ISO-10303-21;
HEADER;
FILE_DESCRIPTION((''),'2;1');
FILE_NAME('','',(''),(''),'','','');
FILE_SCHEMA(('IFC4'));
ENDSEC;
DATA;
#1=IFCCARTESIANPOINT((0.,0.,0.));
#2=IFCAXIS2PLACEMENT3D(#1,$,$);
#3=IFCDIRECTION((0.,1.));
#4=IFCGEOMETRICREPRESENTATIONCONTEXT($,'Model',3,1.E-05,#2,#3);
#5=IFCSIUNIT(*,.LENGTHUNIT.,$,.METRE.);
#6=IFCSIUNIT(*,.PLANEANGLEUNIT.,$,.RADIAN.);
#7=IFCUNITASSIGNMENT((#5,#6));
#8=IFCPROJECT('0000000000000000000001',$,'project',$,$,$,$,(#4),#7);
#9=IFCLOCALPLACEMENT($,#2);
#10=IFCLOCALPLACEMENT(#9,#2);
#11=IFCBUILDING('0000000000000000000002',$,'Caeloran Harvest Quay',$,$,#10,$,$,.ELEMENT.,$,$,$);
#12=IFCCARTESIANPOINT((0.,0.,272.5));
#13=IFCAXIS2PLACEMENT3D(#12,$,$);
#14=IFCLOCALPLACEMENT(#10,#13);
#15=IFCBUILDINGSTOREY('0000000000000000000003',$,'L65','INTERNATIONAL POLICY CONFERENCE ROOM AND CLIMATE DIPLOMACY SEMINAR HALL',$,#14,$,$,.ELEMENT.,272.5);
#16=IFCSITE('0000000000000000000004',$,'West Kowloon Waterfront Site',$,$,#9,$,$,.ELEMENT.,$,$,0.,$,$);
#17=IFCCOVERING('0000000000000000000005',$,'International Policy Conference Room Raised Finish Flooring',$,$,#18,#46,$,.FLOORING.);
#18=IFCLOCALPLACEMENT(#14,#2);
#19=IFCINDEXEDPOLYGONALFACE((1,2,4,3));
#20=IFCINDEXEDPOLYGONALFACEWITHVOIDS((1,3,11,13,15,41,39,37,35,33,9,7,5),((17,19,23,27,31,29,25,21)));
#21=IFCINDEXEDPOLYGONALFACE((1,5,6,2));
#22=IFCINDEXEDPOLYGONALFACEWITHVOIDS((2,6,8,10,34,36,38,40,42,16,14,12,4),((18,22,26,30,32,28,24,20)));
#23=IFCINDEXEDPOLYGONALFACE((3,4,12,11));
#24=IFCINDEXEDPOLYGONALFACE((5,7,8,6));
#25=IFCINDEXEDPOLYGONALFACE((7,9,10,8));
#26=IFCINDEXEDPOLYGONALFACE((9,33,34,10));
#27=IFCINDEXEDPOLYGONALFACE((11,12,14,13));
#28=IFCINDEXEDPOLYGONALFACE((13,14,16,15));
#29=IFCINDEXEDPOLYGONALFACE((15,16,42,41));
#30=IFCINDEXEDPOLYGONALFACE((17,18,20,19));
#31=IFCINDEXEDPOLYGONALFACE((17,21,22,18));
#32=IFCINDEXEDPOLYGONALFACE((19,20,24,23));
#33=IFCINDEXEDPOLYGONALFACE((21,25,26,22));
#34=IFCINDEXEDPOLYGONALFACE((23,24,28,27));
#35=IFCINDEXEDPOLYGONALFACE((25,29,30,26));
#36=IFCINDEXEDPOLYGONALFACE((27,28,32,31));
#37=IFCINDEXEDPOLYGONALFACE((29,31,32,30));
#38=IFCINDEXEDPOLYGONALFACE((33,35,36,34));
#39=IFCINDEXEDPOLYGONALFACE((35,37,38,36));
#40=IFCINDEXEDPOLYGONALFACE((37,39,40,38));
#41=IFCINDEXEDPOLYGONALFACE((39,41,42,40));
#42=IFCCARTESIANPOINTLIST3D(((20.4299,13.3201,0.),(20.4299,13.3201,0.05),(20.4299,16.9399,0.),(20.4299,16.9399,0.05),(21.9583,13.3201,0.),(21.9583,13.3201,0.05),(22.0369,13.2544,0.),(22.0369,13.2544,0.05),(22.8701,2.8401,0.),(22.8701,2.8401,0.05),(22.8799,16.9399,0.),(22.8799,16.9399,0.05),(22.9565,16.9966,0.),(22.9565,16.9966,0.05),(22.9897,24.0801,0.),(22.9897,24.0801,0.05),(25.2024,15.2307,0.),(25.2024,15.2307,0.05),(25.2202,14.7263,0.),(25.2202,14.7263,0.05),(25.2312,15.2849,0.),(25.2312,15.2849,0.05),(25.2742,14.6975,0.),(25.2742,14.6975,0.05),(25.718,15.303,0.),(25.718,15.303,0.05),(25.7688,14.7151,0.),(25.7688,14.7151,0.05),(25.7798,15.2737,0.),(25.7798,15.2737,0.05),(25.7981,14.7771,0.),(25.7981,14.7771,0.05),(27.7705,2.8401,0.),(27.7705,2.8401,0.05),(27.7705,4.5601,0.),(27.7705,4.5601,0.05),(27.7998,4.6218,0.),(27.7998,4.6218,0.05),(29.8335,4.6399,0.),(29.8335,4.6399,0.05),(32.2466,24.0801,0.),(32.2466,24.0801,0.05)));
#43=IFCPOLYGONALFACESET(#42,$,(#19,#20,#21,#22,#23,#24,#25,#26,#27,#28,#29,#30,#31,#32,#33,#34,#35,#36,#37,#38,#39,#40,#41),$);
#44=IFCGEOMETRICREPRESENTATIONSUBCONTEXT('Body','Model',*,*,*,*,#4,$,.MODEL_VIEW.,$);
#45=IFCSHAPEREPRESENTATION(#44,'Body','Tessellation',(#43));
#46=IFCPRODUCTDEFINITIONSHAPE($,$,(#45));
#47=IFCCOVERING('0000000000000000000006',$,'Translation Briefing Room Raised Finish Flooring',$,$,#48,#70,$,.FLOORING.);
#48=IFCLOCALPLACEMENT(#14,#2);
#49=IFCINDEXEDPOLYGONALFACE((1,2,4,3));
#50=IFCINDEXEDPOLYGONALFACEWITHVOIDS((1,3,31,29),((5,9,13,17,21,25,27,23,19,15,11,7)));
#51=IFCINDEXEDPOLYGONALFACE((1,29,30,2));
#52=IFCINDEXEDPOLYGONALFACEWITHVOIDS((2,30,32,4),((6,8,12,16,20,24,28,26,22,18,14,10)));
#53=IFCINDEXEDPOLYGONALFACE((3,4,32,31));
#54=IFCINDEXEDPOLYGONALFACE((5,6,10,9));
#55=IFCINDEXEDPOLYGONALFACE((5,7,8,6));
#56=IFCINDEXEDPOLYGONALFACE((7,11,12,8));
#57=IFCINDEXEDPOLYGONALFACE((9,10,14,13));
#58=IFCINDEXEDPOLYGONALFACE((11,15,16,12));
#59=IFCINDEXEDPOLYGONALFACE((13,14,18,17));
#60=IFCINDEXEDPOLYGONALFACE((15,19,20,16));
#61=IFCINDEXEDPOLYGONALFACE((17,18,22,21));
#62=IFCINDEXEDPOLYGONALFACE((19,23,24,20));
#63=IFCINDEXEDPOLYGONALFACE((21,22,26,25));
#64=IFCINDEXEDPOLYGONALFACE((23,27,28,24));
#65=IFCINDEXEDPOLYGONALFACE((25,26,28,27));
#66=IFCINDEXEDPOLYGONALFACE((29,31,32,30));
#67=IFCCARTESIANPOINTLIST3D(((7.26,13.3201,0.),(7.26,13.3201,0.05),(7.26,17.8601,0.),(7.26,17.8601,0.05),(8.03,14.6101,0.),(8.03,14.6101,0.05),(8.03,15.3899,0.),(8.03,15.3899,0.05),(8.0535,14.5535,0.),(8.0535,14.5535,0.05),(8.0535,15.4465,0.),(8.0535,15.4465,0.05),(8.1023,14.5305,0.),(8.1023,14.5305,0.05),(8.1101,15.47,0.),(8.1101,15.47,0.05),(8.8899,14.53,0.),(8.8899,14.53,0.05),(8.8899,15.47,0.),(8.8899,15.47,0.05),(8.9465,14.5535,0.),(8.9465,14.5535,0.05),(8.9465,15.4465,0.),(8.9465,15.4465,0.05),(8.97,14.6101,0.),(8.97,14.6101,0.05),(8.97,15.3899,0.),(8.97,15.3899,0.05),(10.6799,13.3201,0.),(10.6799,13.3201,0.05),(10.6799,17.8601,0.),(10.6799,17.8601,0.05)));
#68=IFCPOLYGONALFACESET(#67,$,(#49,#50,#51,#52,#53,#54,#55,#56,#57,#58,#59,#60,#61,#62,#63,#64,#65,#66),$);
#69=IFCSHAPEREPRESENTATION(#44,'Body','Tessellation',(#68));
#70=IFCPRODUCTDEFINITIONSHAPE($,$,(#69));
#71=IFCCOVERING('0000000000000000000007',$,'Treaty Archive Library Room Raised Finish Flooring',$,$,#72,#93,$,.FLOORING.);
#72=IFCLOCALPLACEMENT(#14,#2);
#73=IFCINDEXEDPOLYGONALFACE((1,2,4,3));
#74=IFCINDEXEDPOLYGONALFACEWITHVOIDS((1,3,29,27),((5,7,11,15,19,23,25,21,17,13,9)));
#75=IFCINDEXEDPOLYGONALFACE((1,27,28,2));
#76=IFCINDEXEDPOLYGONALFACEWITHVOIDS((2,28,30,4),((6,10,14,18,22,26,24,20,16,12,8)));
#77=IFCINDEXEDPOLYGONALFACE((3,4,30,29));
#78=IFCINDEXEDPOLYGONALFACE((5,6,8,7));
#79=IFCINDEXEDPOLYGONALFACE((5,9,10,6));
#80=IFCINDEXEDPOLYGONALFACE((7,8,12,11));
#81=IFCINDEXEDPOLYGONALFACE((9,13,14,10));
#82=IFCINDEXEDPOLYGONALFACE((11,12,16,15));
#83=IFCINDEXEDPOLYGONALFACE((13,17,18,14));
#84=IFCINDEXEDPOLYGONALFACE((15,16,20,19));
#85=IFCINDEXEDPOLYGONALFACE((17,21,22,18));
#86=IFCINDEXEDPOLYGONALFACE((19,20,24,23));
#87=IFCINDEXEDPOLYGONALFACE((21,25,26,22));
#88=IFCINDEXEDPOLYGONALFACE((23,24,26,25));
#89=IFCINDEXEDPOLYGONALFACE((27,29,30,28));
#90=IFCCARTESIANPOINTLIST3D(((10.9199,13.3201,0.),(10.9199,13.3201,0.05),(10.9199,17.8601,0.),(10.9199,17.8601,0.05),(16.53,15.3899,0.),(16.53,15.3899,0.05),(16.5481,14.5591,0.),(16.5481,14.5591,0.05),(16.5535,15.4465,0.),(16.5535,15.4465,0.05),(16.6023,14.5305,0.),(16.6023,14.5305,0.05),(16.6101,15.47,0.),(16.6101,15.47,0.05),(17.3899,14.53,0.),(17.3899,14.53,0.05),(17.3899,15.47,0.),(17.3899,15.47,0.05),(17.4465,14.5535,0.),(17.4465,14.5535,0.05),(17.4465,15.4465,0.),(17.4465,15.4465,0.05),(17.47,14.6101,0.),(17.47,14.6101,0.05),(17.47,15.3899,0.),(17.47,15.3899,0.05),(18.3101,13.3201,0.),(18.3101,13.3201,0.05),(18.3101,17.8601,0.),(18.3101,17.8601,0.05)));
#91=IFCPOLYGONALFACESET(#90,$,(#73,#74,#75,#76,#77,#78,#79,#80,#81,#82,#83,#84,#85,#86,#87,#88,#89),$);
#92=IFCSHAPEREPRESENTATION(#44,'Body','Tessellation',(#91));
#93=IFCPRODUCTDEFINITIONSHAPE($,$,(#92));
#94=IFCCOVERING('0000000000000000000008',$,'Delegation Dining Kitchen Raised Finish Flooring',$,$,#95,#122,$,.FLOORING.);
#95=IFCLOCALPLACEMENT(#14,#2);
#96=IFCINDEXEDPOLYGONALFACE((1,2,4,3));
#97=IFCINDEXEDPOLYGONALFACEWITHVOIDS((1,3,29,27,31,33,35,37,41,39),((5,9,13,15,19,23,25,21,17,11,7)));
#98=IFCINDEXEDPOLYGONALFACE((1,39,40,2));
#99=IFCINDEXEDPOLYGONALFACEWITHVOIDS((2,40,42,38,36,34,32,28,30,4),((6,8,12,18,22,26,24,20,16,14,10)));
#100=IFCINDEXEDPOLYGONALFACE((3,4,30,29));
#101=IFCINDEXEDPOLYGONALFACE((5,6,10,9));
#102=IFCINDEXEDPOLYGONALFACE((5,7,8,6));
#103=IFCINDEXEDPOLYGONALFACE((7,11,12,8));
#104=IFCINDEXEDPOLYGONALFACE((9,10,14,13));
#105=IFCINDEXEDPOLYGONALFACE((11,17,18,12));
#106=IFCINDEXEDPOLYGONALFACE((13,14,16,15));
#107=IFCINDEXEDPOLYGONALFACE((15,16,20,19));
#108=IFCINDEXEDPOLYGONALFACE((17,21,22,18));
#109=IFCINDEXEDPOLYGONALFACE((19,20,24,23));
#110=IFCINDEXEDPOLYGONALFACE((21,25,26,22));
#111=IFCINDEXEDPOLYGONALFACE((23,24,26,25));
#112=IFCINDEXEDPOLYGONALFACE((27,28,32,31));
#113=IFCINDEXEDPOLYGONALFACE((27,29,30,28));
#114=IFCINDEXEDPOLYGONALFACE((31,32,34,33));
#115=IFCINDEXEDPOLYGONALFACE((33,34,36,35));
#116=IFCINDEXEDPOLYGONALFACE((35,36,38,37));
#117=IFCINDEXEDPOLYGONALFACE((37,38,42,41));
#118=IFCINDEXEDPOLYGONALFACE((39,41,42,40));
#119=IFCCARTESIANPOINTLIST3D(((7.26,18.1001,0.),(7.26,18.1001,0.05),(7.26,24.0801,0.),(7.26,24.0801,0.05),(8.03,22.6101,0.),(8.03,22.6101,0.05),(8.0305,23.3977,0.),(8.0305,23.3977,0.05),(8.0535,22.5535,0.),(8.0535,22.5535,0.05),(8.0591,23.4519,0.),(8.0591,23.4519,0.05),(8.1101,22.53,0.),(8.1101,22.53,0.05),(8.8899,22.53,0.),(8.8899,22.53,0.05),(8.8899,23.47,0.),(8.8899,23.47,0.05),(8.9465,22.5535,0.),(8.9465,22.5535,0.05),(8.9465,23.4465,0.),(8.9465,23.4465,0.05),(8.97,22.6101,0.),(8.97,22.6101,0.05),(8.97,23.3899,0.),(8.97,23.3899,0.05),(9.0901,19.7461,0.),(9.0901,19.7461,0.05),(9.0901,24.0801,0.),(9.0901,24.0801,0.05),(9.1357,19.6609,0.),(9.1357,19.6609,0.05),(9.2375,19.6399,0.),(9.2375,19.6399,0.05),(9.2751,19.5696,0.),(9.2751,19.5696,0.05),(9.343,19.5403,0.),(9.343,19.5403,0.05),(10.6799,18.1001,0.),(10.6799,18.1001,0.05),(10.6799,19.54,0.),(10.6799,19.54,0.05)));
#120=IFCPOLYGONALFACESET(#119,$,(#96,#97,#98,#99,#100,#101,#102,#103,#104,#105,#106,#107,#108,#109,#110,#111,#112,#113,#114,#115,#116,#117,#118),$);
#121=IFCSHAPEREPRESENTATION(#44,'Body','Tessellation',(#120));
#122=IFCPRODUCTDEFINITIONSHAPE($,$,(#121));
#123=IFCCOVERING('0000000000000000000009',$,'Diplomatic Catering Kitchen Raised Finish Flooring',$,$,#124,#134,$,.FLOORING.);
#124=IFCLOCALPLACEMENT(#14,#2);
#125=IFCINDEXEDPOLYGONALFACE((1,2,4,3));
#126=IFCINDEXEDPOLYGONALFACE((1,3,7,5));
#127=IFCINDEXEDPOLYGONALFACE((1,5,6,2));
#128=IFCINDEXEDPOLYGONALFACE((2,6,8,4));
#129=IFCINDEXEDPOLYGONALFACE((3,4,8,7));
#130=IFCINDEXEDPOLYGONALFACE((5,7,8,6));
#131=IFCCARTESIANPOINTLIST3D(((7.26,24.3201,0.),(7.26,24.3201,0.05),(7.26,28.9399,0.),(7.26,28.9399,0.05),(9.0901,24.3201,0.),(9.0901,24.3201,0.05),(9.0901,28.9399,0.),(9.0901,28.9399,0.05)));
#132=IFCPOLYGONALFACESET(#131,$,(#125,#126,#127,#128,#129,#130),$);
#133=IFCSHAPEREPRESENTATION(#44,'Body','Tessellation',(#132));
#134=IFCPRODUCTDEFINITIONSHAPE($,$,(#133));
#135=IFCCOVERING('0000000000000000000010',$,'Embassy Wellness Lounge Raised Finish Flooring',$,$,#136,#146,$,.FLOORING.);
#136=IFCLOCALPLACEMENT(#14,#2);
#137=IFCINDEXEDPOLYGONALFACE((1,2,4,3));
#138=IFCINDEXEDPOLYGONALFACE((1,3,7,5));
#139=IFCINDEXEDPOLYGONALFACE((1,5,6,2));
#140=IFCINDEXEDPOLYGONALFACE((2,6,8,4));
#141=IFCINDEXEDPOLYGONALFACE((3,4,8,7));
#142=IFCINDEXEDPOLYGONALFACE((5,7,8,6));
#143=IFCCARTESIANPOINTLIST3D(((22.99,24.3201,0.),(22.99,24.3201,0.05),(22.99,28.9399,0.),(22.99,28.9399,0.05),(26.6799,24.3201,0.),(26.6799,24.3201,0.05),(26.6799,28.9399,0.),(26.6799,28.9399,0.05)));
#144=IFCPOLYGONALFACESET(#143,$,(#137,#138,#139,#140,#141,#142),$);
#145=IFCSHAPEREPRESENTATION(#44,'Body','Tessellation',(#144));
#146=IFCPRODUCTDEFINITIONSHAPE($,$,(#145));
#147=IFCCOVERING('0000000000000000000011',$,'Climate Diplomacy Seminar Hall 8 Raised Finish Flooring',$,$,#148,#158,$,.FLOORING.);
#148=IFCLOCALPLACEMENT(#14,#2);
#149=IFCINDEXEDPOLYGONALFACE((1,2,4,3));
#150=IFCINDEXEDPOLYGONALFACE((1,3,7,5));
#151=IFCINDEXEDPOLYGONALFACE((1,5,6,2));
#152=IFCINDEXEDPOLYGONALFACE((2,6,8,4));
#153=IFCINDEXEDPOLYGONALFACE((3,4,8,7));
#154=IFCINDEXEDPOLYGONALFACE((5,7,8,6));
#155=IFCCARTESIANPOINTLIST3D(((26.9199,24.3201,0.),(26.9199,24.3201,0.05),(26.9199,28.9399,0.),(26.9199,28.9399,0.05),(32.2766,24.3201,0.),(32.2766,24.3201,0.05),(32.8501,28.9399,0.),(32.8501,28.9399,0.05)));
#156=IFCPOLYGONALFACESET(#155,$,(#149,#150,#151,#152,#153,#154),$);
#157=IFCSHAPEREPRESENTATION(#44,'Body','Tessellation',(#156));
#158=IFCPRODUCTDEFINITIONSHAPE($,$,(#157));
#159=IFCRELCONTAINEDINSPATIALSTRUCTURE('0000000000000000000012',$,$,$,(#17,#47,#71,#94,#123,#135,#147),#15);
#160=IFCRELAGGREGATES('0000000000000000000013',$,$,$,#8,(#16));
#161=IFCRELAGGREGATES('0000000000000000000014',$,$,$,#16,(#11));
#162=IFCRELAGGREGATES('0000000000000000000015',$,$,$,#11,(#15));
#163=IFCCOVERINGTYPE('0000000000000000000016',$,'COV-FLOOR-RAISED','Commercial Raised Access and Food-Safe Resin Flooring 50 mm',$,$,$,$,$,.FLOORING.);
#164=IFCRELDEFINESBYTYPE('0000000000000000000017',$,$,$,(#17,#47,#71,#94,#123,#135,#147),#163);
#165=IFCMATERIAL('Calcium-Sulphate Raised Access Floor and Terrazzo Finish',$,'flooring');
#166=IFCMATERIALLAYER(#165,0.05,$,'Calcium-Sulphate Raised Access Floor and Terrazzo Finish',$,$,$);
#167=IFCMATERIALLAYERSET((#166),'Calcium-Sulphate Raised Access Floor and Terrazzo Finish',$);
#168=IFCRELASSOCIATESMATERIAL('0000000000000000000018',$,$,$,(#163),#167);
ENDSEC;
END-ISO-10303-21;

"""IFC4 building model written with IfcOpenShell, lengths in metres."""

from ifc_helpers import new_model, si_unit, direction, frame, origin, place, context, subcontext, project, spatial, polyline, outline, extrude, material, layer, layer_set, type_object, element, save


model = new_model("IFC4")

# Units and contexts
model_context = context("Model", 3, precision=1e-05, world=origin(), true_north=direction((0.0, 1.0)))
body_context = subcontext(model_context, "Body", "Model", "MODEL_VIEW")
ifc_project = project(units=[si_unit("LENGTHUNIT", "METRE"), si_unit("PLANEANGLEUNIT", "RADIAN")], contexts=[model_context])

# Site, building, storey
site_placement = place(None, origin())
site = spatial("IfcSite", under=ifc_project, at=site_placement, Name="West Kowloon Waterfront Site", CompositionType="ELEMENT", RefElevation=0.0)
building_placement = place(site_placement, origin())
building = spatial("IfcBuilding", under=site, at=building_placement, Name="Caeloran Harvest Quay", CompositionType="ELEMENT")
storey_placement = place(building_placement, frame((0.0, 0.0, 272.5)))
storey = spatial("IfcBuildingStorey", under=building, at=storey_placement, Name="L65", Description="INTERNATIONAL POLICY CONFERENCE ROOM AND CLIMATE DIPLOMACY SEMINAR HALL", CompositionType="ELEMENT", Elevation=272.5)

# Coverings
ifc_material_1 = material(Name="Calcium-Sulphate Raised Access Floor and Terrazzo Finish", Category="flooring")
ifc_layer_1 = layer(ifc_material_1, 0.05, Name="Calcium-Sulphate Raised Access Floor and Terrazzo Finish")
ifc_layer_set_1 = layer_set([ifc_layer_1], Name="Calcium-Sulphate Raised Access Floor and Terrazzo Finish")
covering_type_1 = type_object("IfcCoveringType", Name="COV-FLOOR-RAISED", Description="Commercial Raised Access and Food-Safe Resin Flooring 50 mm", PredefinedType="FLOORING", material=ifc_layer_set_1)
covering_1_placement = place(storey_placement, origin())
element("IfcCovering", 1, at=covering_1_placement, inside=storey, type_object=covering_type_1, Name="International Policy Conference Room Raised Finish Flooring", PredefinedType="FLOORING", context=body_context, shape_type="SweptSolid", body=[
    extrude(outline(polyline([(32.2466, 24.0801), (29.8335, 4.6399), (27.7998, 4.6218), (27.7705, 4.5601), (27.7705, 2.8401), (22.8701, 2.8401), (22.0369, 13.2544), (21.9583, 13.3201), (20.4299, 13.3201), (20.4299, 16.9399), (22.8799, 16.9399), (22.9565, 16.9966), (22.9897, 24.0801), (32.2466, 24.0801)]), holes=[polyline([(25.2024, 15.2307), (25.2202, 14.7263), (25.2742, 14.6975), (25.7688, 14.7151), (25.7981, 14.7771), (25.7798, 15.2737), (25.718, 15.303), (25.2312, 15.2849), (25.2024, 15.2307)])]), origin(), (0.0, 0.0, 1.0), 0.05),
])
covering_2_placement = place(storey_placement, origin())
element("IfcCovering", 2, at=covering_2_placement, inside=storey, type_object=covering_type_1, Name="Translation Briefing Room Raised Finish Flooring", PredefinedType="FLOORING", context=body_context, shape_type="SweptSolid", body=[
    extrude(outline(polyline([(7.26, 13.3201), (7.26, 17.8601), (10.6799, 17.8601), (10.6799, 13.3201), (7.26, 13.3201)]), holes=[polyline([(8.03, 14.6101), (8.0535, 14.5535), (8.1023, 14.5305), (8.8899, 14.53), (8.9465, 14.5535), (8.97, 14.6101), (8.97, 15.3899), (8.9465, 15.4465), (8.8899, 15.47), (8.1101, 15.47), (8.0535, 15.4465), (8.03, 15.3899), (8.03, 14.6101)])]), origin(), (0.0, 0.0, 1.0), 0.05),
])
covering_3_placement = place(storey_placement, origin())
element("IfcCovering", 3, at=covering_3_placement, inside=storey, type_object=covering_type_1, Name="Treaty Archive Library Room Raised Finish Flooring", PredefinedType="FLOORING", context=body_context, shape_type="SweptSolid", body=[
    extrude(outline(polyline([(18.3101, 17.8601), (18.3101, 13.3201), (10.9199, 13.3201), (10.9199, 17.8601), (18.3101, 17.8601)]), holes=[polyline([(16.53, 15.3899), (16.5481, 14.5591), (16.6023, 14.5305), (17.3899, 14.53), (17.4465, 14.5535), (17.47, 14.6101), (17.47, 15.3899), (17.4465, 15.4465), (17.3899, 15.47), (16.6101, 15.47), (16.5535, 15.4465), (16.53, 15.3899)])]), origin(), (0.0, 0.0, 1.0), 0.05),
])
covering_4_placement = place(storey_placement, origin())
element("IfcCovering", 4, at=covering_4_placement, inside=storey, type_object=covering_type_1, Name="Delegation Dining Kitchen Raised Finish Flooring", PredefinedType="FLOORING", context=body_context, shape_type="SweptSolid", body=[
    extrude(outline(polyline([(9.2375, 19.6399), (9.2751, 19.5696), (9.343, 19.5403), (10.6799, 19.54), (10.6799, 18.1001), (7.26, 18.1001), (7.26, 24.0801), (9.0901, 24.0801), (9.0901, 19.7461), (9.1357, 19.6609), (9.2375, 19.6399)]), holes=[polyline([(8.8899, 23.47), (8.0591, 23.4519), (8.0305, 23.3977), (8.03, 22.6101), (8.0535, 22.5535), (8.1101, 22.53), (8.8899, 22.53), (8.9465, 22.5535), (8.97, 22.6101), (8.97, 23.3899), (8.9465, 23.4465), (8.8899, 23.47)])]), origin(), (0.0, 0.0, 1.0), 0.05),
])
covering_5_placement = place(storey_placement, origin())
element("IfcCovering", 5, at=covering_5_placement, inside=storey, type_object=covering_type_1, Name="Diplomatic Catering Kitchen Raised Finish Flooring", PredefinedType="FLOORING", context=body_context, shape_type="SweptSolid", body=[
    extrude(outline(polyline([(7.26, 24.3201), (7.26, 28.9399), (9.0901, 28.9399), (9.0901, 24.3201), (7.26, 24.3201)])), origin(), (0.0, 0.0, 1.0), 0.05),
])
covering_6_placement = place(storey_placement, origin())
element("IfcCovering", 6, at=covering_6_placement, inside=storey, type_object=covering_type_1, Name="Embassy Wellness Lounge Raised Finish Flooring", PredefinedType="FLOORING", context=body_context, shape_type="SweptSolid", body=[
    extrude(outline(polyline([(22.99, 24.3201), (22.99, 28.9399), (26.6799, 28.9399), (26.6799, 24.3201), (22.99, 24.3201)])), origin(), (0.0, 0.0, 1.0), 0.05),
])
covering_7_placement = place(storey_placement, origin())
element("IfcCovering", 7, at=covering_7_placement, inside=storey, type_object=covering_type_1, Name="Climate Diplomacy Seminar Hall 8 Raised Finish Flooring", PredefinedType="FLOORING", context=body_context, shape_type="SweptSolid", body=[
    extrude(outline(polyline([(26.9199, 28.9399), (32.8501, 28.9399), (32.2766, 24.3201), (26.9199, 24.3201), (26.9199, 28.9399)])), origin(), (0.0, 0.0, 1.0), 0.05),
])

save(model, "model.ifc")
